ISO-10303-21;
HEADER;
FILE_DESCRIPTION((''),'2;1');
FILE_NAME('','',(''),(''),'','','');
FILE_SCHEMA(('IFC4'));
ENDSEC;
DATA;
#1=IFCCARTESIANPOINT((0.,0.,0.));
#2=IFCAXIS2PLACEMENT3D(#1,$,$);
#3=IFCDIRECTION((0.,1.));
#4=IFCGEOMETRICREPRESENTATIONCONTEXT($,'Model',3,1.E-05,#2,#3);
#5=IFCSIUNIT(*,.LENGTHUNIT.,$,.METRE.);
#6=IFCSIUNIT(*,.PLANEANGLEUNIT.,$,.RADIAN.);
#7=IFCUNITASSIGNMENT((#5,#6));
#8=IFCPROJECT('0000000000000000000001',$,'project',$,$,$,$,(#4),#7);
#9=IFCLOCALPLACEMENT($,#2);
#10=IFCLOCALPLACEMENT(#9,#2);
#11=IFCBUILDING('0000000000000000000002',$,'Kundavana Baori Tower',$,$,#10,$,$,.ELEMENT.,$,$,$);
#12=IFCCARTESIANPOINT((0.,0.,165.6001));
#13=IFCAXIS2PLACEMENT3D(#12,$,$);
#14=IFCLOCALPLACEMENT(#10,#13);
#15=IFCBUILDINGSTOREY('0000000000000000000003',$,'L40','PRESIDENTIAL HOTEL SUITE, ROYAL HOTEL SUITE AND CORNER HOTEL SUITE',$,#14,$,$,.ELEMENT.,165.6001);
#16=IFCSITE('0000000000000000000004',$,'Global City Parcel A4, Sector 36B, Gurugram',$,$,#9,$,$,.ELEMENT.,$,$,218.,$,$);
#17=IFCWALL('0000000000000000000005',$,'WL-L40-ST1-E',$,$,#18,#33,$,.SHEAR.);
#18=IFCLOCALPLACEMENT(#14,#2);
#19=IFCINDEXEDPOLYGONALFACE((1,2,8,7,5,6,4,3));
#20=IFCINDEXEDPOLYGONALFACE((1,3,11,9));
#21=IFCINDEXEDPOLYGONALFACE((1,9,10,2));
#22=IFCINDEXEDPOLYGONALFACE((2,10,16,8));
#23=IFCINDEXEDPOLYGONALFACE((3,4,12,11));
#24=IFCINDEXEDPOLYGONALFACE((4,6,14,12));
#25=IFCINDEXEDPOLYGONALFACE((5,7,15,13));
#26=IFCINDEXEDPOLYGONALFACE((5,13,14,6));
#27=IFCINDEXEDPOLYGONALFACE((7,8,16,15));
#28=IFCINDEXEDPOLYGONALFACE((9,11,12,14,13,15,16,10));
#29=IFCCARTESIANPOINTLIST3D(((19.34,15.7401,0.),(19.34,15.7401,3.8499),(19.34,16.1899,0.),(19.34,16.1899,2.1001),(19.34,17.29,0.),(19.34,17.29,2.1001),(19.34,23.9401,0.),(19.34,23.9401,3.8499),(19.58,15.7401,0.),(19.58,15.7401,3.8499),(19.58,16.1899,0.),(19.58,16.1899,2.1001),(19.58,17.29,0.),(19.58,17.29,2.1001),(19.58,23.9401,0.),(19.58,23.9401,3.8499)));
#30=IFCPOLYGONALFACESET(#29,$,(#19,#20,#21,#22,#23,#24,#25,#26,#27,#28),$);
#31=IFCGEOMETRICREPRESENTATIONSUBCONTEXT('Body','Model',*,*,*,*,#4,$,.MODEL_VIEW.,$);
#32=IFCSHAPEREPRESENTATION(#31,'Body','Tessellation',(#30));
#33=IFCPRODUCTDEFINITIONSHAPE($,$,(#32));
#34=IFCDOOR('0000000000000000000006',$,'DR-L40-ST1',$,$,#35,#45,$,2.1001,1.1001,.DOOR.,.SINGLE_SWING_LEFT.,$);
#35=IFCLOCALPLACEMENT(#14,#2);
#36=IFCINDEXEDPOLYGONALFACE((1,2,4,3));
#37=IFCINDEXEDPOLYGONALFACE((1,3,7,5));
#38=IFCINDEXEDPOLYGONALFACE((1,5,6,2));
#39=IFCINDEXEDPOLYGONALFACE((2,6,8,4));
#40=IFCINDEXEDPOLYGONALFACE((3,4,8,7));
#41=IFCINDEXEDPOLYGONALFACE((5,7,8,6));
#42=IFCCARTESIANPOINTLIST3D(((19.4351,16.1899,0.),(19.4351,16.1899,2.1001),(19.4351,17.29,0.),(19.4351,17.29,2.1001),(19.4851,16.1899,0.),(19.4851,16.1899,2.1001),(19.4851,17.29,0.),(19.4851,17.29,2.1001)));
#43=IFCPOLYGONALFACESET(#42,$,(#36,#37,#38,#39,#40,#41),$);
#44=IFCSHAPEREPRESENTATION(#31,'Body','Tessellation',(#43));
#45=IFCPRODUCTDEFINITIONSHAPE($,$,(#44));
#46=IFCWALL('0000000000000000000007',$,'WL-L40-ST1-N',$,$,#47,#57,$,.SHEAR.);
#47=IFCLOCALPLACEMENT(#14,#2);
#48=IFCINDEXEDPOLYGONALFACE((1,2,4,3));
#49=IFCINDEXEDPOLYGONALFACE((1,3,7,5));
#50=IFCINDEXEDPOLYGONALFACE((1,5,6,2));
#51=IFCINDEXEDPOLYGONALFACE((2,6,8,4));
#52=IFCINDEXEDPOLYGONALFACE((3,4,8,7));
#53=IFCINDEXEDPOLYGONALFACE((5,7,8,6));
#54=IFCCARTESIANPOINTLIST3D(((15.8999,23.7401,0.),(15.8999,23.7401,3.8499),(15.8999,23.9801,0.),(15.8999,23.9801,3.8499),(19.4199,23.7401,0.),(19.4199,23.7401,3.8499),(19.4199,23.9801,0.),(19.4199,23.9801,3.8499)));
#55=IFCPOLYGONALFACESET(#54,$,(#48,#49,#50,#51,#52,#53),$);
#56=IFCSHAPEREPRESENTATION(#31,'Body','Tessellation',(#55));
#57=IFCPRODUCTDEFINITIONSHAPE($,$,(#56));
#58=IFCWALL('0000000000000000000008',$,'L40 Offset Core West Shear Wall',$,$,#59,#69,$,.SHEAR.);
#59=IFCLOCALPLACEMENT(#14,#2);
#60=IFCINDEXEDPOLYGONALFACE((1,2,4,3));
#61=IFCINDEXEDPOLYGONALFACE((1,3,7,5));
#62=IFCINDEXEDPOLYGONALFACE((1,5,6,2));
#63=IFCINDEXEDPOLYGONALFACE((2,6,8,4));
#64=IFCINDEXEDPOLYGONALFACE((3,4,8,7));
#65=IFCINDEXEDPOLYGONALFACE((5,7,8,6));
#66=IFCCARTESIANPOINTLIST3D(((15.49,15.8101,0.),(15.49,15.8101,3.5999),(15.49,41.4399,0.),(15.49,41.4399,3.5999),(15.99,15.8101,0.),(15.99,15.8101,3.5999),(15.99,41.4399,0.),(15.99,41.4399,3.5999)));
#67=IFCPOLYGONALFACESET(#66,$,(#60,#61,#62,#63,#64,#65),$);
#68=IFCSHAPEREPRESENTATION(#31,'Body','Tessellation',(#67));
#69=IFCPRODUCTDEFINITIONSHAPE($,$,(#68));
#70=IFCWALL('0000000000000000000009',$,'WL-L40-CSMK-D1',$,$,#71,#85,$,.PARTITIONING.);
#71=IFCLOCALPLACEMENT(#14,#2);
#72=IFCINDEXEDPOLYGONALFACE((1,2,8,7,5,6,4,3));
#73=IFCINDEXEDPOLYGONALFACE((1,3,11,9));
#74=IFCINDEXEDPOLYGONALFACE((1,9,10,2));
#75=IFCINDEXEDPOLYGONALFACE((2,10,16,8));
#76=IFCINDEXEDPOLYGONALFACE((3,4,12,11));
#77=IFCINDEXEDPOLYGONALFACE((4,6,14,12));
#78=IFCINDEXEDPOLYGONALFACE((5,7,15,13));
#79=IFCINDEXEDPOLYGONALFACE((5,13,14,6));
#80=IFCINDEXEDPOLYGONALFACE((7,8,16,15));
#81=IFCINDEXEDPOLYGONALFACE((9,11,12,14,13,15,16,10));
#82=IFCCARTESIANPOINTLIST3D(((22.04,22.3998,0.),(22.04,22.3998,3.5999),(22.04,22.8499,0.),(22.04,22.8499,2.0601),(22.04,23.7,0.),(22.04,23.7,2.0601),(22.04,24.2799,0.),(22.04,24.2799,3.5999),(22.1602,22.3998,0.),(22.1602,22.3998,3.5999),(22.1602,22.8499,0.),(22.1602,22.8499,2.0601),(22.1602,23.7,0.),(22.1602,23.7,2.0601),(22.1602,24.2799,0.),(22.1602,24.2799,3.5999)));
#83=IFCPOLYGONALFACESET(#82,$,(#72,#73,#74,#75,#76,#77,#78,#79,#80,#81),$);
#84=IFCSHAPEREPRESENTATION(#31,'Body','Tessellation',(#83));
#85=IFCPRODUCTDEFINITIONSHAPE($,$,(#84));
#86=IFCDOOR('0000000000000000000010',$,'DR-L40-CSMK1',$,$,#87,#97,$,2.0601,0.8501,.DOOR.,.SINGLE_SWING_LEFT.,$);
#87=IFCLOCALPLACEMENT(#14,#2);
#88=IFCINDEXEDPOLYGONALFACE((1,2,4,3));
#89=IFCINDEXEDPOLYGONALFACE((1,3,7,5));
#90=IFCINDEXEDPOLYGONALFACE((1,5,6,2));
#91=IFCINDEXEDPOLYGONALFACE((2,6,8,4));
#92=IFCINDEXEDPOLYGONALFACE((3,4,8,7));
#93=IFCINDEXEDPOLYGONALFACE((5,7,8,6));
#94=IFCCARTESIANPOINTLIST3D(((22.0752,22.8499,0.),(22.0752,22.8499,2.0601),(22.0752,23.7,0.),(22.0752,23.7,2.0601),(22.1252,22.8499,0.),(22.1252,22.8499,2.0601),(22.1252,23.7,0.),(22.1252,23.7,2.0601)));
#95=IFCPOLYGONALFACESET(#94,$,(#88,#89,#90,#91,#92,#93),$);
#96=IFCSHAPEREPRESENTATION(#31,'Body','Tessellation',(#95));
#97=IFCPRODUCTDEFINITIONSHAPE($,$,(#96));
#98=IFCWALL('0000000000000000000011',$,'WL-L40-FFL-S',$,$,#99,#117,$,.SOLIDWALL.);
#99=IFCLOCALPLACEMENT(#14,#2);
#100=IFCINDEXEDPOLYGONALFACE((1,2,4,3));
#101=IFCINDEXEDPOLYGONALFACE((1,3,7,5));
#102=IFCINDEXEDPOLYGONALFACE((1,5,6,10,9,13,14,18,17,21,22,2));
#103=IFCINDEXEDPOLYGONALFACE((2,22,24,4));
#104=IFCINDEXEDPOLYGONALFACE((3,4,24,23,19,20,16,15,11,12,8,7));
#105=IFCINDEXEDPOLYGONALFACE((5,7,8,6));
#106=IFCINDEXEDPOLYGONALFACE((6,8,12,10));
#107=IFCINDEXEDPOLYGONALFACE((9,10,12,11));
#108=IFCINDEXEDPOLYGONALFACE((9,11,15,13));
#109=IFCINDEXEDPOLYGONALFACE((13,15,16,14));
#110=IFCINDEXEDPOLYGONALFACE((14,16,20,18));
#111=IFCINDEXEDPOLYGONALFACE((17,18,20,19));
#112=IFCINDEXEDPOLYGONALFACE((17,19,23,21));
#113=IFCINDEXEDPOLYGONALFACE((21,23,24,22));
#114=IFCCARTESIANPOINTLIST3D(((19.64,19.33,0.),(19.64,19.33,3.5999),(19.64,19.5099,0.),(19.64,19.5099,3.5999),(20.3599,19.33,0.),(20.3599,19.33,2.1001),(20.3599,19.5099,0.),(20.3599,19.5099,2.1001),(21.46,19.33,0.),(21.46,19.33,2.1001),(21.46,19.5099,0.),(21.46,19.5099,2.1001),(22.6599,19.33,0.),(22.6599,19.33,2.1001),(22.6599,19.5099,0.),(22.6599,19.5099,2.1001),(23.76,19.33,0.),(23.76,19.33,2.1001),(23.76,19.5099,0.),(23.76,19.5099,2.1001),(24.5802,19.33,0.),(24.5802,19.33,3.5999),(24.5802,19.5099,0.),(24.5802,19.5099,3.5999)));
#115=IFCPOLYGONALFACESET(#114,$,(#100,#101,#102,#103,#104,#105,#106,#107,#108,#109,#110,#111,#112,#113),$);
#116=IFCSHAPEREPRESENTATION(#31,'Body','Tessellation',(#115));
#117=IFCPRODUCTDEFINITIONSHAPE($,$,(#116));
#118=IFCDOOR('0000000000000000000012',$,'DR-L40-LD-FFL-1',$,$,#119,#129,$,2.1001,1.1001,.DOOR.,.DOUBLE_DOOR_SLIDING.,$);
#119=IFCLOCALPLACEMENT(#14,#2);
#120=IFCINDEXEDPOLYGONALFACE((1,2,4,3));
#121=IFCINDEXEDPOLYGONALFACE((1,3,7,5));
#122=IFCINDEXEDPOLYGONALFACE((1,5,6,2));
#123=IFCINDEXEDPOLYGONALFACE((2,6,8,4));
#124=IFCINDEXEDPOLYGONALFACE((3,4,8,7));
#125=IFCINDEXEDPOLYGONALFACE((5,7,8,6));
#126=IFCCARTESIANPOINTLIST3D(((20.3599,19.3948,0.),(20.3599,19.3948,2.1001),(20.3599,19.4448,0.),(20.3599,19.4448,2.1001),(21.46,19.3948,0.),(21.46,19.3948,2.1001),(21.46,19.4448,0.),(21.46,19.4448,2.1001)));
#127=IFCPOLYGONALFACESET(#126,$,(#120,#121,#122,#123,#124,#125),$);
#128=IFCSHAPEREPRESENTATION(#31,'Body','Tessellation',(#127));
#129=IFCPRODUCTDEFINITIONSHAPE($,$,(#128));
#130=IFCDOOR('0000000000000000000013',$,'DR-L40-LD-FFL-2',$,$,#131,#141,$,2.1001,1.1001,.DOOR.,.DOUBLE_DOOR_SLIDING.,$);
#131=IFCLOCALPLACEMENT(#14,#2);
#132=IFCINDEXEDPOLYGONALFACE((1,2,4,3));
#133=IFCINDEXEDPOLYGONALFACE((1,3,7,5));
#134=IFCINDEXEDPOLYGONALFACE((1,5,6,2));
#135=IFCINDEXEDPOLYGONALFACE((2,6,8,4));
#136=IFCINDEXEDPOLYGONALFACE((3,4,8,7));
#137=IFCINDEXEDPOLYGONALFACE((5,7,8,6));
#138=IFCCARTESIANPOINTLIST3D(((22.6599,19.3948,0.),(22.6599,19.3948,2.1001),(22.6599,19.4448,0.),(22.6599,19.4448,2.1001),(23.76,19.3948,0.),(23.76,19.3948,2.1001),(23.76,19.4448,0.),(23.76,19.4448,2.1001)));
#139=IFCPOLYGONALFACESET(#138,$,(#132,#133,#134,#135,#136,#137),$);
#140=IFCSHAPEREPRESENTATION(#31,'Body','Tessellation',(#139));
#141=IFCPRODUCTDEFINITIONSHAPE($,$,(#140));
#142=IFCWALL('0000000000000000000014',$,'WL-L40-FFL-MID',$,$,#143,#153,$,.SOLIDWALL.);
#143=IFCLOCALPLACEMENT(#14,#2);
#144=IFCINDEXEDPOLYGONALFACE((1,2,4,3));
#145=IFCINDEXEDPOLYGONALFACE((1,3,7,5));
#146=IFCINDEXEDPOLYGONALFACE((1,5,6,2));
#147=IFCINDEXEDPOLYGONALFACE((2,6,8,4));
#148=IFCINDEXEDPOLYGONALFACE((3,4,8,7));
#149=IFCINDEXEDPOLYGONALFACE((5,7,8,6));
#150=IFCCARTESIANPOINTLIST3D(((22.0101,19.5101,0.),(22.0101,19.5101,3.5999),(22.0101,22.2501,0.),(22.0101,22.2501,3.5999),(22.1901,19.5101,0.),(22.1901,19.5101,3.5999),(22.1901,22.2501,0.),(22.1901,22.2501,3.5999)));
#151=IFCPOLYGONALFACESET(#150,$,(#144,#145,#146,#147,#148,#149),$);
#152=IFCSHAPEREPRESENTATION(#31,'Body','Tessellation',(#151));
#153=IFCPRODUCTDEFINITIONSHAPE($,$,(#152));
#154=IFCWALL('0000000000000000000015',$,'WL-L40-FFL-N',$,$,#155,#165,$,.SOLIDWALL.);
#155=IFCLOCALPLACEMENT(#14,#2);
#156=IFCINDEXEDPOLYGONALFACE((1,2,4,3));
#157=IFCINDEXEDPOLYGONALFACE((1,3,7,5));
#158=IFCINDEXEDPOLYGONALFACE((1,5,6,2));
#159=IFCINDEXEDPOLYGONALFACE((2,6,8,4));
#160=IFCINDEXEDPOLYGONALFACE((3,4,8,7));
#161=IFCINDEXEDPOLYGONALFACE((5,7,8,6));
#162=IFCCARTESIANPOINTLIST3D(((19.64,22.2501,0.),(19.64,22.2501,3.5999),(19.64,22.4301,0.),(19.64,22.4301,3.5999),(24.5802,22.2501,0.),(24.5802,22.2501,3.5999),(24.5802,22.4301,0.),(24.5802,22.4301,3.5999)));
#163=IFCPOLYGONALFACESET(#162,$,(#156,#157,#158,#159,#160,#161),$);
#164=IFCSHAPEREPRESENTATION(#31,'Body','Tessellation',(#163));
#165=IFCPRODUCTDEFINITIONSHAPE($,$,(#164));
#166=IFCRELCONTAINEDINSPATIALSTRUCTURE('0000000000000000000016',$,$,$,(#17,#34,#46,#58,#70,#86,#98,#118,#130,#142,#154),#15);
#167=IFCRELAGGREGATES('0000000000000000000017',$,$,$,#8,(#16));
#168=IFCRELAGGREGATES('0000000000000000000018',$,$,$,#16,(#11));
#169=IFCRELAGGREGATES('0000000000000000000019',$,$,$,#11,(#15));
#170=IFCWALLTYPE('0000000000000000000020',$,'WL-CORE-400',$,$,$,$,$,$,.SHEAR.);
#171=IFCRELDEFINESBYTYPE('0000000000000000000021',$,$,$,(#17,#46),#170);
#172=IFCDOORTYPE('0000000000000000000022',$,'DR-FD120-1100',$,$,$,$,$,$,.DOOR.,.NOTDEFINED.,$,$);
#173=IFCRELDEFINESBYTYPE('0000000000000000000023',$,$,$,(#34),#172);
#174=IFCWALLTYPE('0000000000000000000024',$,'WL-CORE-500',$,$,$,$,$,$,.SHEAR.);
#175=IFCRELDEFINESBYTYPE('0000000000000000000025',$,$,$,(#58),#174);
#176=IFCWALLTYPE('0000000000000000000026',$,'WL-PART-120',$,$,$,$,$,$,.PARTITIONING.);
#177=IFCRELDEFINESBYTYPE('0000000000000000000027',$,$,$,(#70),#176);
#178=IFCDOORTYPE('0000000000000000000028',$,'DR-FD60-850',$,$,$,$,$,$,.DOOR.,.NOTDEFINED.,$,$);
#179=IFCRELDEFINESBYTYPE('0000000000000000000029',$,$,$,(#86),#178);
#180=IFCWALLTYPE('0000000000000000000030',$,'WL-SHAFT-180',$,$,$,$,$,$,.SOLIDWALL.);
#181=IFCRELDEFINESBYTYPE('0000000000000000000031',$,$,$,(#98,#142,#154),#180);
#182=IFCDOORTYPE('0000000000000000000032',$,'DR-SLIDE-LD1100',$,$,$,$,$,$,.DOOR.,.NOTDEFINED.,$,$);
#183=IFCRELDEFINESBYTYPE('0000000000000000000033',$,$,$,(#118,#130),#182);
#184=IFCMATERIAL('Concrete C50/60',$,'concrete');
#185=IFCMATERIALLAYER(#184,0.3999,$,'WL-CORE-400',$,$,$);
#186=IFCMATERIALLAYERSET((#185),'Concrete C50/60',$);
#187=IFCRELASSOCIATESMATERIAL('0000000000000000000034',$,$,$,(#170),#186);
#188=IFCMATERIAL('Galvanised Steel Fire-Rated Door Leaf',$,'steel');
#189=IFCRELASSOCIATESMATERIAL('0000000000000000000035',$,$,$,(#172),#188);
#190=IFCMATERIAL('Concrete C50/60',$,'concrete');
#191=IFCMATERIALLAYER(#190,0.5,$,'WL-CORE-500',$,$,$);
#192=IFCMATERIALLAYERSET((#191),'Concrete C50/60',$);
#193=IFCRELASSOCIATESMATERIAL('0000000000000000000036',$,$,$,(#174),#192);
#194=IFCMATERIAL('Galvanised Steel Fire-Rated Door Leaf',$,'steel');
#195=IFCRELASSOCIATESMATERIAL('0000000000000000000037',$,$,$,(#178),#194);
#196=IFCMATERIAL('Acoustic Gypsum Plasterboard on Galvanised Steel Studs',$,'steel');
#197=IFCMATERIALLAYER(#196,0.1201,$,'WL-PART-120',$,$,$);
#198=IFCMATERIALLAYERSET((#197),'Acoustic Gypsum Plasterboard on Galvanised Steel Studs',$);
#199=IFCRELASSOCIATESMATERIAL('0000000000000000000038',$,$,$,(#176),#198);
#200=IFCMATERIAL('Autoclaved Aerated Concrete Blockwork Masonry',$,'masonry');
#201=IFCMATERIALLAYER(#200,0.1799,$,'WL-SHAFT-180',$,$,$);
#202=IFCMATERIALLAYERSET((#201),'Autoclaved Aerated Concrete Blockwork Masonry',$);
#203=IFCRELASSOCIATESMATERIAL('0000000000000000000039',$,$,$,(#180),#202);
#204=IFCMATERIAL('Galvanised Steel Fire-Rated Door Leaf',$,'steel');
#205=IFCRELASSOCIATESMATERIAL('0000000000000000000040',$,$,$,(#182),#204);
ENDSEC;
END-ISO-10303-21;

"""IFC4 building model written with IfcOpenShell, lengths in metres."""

from ifc_helpers import new_model, si_unit, direction, frame, frame_2d, origin, place, context, subcontext, project, spatial, rectangle, extrude, material, layer, layer_set, type_object, element, fill, save


model = new_model("IFC4")

# Units and contexts
model_context = context("Model", 3, precision=1e-05, world=origin(), true_north=direction((0.0, 1.0)))
body_context = subcontext(model_context, "Body", "Model", "MODEL_VIEW")
ifc_project = project(units=[si_unit("LENGTHUNIT", "METRE"), si_unit("PLANEANGLEUNIT", "RADIAN")], contexts=[model_context])

# Site, building, storey
site_placement = place(None, origin())
site = spatial("IfcSite", under=ifc_project, at=site_placement, Name="Global City Parcel A4, Sector 36B, Gurugram", CompositionType="ELEMENT", RefElevation=218.0)
building_placement = place(site_placement, origin())
building = spatial("IfcBuilding", under=site, at=building_placement, Name="Kundavana Baori Tower", CompositionType="ELEMENT")
storey_placement = place(building_placement, frame((0.0, 0.0, 165.6001)))
storey = spatial("IfcBuildingStorey", under=building, at=storey_placement, Name="L40", Description="PRESIDENTIAL HOTEL SUITE, ROYAL HOTEL SUITE AND CORNER HOTEL SUITE", CompositionType="ELEMENT", Elevation=165.6001)

# Wall, opening, door
ifc_material_1 = material(Name="Concrete C50/60", Category="concrete")
ifc_layer_1 = layer(ifc_material_1, 0.3999, Name="WL-CORE-400")
ifc_layer_set_1 = layer_set([ifc_layer_1], Name="Concrete C50/60")
wall_type_1 = type_object("IfcWallType", Name="WL-CORE-400", PredefinedType="SHEAR", material=ifc_layer_set_1)
wall_1_placement = place(storey_placement, frame((19.46, 15.74, 0.0), z_axis=(0.0, 0.0, 1.0), x_axis=(0.0, 1.0, 0.0)))
wall_1 = element("IfcWall", 1, at=wall_1_placement, inside=storey, type_object=wall_type_1, Name="WL-L40-ST1-E", PredefinedType="SHEAR", context=body_context, shape_type="SweptSolid", body=[
    extrude(rectangle(XDim=8.2, YDim=0.24, at=frame_2d((4.1001, 0.0))), origin(), (0.0, 0.0, 1.0), 3.8499),
])
opening_1_placement = place(wall_1_placement, frame((0.45, 0.0, 0.0)))
opening_1 = element("IfcOpeningElement", 2, at=opening_1_placement, cuts=wall_1, PredefinedType="OPENING", context=body_context, shape_type="SweptSolid", body=[
    extrude(rectangle(XDim=1.1001, YDim=2.1001, at=frame_2d((0.55, 1.05))), frame((0.0, 0.1299, 0.0), z_axis=(0.0, -1.0, 0.0), x_axis=(1.0, 0.0, 0.0)), (0.0, 0.0, 1.0), 0.26),
])
ifc_material_2 = material(Name="Galvanised Steel Fire-Rated Door Leaf", Category="steel")
door_type_1 = type_object("IfcDoorType", Name="DR-FD120-1100", OperationType="NOTDEFINED", PredefinedType="DOOR", material=ifc_material_2)
door_1_placement = place(opening_1_placement, origin())
door_1 = element("IfcDoor", 3, at=door_1_placement, inside=storey, type_object=door_type_1, Name="DR-L40-ST1", OperationType="SINGLE_SWING_LEFT", OverallHeight=2.1001, OverallWidth=1.1001, PredefinedType="DOOR", context=body_context, shape_type="SweptSolid", body=[
    extrude(rectangle(XDim=1.1001, YDim=2.1001, at=frame_2d((0.55, 1.05))), frame((0.0, 0.0249, 0.0), z_axis=(0.0, -1.0, 0.0), x_axis=(1.0, 0.0, 0.0)), (0.0, 0.0, 1.0), 0.05),
])
fill(opening_1, door_1)

# Walls
wall_2_placement = place(storey_placement, frame((15.8999, 23.8601, 0.0), z_axis=(0.0, 0.0, 1.0), x_axis=(1.0, 0.0, 0.0)))
element("IfcWall", 4, at=wall_2_placement, inside=storey, type_object=wall_type_1, Name="WL-L40-ST1-N", PredefinedType="SHEAR", context=body_context, shape_type="SweptSolid", body=[
    extrude(rectangle(XDim=3.52, YDim=0.24, at=frame_2d((1.76, 0.0))), origin(), (0.0, 0.0, 1.0), 3.8499),
])
ifc_material_3 = material(Name="Concrete C50/60", Category="concrete")
ifc_layer_2 = layer(ifc_material_3, 0.5, Name="WL-CORE-500")
ifc_layer_set_2 = layer_set([ifc_layer_2], Name="Concrete C50/60")
wall_type_2 = type_object("IfcWallType", Name="WL-CORE-500", PredefinedType="SHEAR", material=ifc_layer_set_2)
wall_3_placement = place(storey_placement, frame((15.74, 15.8101, 0.0), z_axis=(0.0, 0.0, 1.0), x_axis=(0.0, 1.0, 0.0)))
element("IfcWall", 5, at=wall_3_placement, inside=storey, type_object=wall_type_2, Name="L40 Offset Core West Shear Wall", PredefinedType="SHEAR", context=body_context, shape_type="SweptSolid", body=[
    extrude(rectangle(XDim=25.6299, YDim=0.5, at=frame_2d((12.8149, 0.0))), origin(), (0.0, 0.0, 1.0), 3.5999),
])

# Shared definitions
ifc_material_4 = material(Name="Galvanised Steel Fire-Rated Door Leaf", Category="steel")
door_type_2 = type_object("IfcDoorType", Name="DR-FD60-850", OperationType="NOTDEFINED", PredefinedType="DOOR", material=ifc_material_4)

# Wall, opening, door
ifc_material_5 = material(Name="Acoustic Gypsum Plasterboard on Galvanised Steel Studs", Category="steel")
ifc_layer_3 = layer(ifc_material_5, 0.1201, Name="WL-PART-120")
ifc_layer_set_3 = layer_set([ifc_layer_3], Name="Acoustic Gypsum Plasterboard on Galvanised Steel Studs")
wall_type_3 = type_object("IfcWallType", Name="WL-PART-120", PredefinedType="PARTITIONING", material=ifc_layer_set_3)
wall_4_placement = place(storey_placement, frame((22.1001, 22.3999, 0.0), z_axis=(0.0, 0.0, 1.0), x_axis=(0.0, 1.0, 0.0)))
wall_4 = element("IfcWall", 6, at=wall_4_placement, inside=storey, type_object=wall_type_3, Name="WL-L40-CSMK-D1", PredefinedType="PARTITIONING", context=body_context, shape_type="SweptSolid", body=[
    extrude(rectangle(XDim=1.8801, YDim=0.1201, at=frame_2d((0.9399, 0.0))), origin(), (0.0, 0.0, 1.0), 3.5999),
])
opening_2_placement = place(wall_4_placement, frame((0.45, 0.0, 0.0)))
opening_2 = element("IfcOpeningElement", 7, at=opening_2_placement, cuts=wall_4, PredefinedType="OPENING", context=body_context, shape_type="SweptSolid", body=[
    extrude(rectangle(XDim=0.8501, YDim=2.0601, at=frame_2d((0.425, 1.03))), frame((0.0, 0.0701, 0.0), z_axis=(0.0, -1.0, 0.0), x_axis=(1.0, 0.0, 0.0)), (0.0, 0.0, 1.0), 0.1401),
])
door_2_placement = place(opening_2_placement, origin())
door_2 = element("IfcDoor", 8, at=door_2_placement, inside=storey, type_object=door_type_2, Name="DR-L40-CSMK1", OperationType="SINGLE_SWING_LEFT", OverallHeight=2.0601, OverallWidth=0.8501, PredefinedType="DOOR", context=body_context, shape_type="SweptSolid", body=[
    extrude(rectangle(XDim=0.8501, YDim=2.0601, at=frame_2d((0.425, 1.03))), frame((0.0, 0.0249, 0.0), z_axis=(0.0, -1.0, 0.0), x_axis=(1.0, 0.0, 0.0)), (0.0, 0.0, 1.0), 0.05),
])
fill(opening_2, door_2)

# Wall, openings, doors
ifc_material_6 = material(Name="Autoclaved Aerated Concrete Blockwork Masonry", Category="masonry")
ifc_layer_4 = layer(ifc_material_6, 0.1799, Name="WL-SHAFT-180")
ifc_layer_set_4 = layer_set([ifc_layer_4], Name="Autoclaved Aerated Concrete Blockwork Masonry")
wall_type_4 = type_object("IfcWallType", Name="WL-SHAFT-180", PredefinedType="SOLIDWALL", material=ifc_layer_set_4)
wall_5_placement = place(storey_placement, frame((19.6399, 19.4199, 0.0), z_axis=(0.0, 0.0, 1.0), x_axis=(1.0, 0.0, 0.0)))
wall_5 = element("IfcWall", 9, at=wall_5_placement, inside=storey, type_object=wall_type_4, Name="WL-L40-FFL-S", PredefinedType="SOLIDWALL", context=body_context, shape_type="SweptSolid", body=[
    extrude(rectangle(XDim=4.9402, YDim=0.1799, at=frame_2d((2.4702, 0.0))), origin(), (0.0, 0.0, 1.0), 3.5999),
])
opening_3_placement = place(wall_5_placement, frame((0.72, 0.0, 0.0)))
opening_3 = element("IfcOpeningElement", 10, at=opening_3_placement, cuts=wall_5, PredefinedType="OPENING", context=body_context, shape_type="SweptSolid", body=[
    extrude(rectangle(XDim=1.1001, YDim=2.1001, at=frame_2d((0.55, 1.05))), frame((0.0, 0.1001, 0.0), z_axis=(0.0, -1.0, 0.0), x_axis=(1.0, 0.0, 0.0)), (0.0, 0.0, 1.0), 0.2),
])
opening_4_placement = place(wall_5_placement, frame((3.02, 0.0, 0.0)))
opening_4 = element("IfcOpeningElement", 11, at=opening_4_placement, cuts=wall_5, PredefinedType="OPENING", context=body_context, shape_type="SweptSolid", body=[
    extrude(rectangle(XDim=1.1001, YDim=2.1001, at=frame_2d((0.55, 1.05))), frame((0.0, 0.1001, 0.0), z_axis=(0.0, -1.0, 0.0), x_axis=(1.0, 0.0, 0.0)), (0.0, 0.0, 1.0), 0.2),
])
ifc_material_7 = material(Name="Galvanised Steel Fire-Rated Door Leaf", Category="steel")
door_type_3 = type_object("IfcDoorType", Name="DR-SLIDE-LD1100", OperationType="NOTDEFINED", PredefinedType="DOOR", material=ifc_material_7)
door_3_placement = place(opening_3_placement, origin())
door_3 = element("IfcDoor", 12, at=door_3_placement, inside=storey, type_object=door_type_3, Name="DR-L40-LD-FFL-1", OperationType="DOUBLE_DOOR_SLIDING", OverallHeight=2.1001, OverallWidth=1.1001, PredefinedType="DOOR", context=body_context, shape_type="SweptSolid", body=[
    extrude(rectangle(XDim=1.1001, YDim=2.1001, at=frame_2d((0.55, 1.05))), frame((0.0, 0.0249, 0.0), z_axis=(0.0, -1.0, 0.0), x_axis=(1.0, 0.0, 0.0)), (0.0, 0.0, 1.0), 0.05),
])
fill(opening_3, door_3)
door_4_placement = place(opening_4_placement, origin())
door_4 = element("IfcDoor", 13, at=door_4_placement, inside=storey, type_object=door_type_3, Name="DR-L40-LD-FFL-2", OperationType="DOUBLE_DOOR_SLIDING", OverallHeight=2.1001, OverallWidth=1.1001, PredefinedType="DOOR", context=body_context, shape_type="SweptSolid", body=[
    extrude(rectangle(XDim=1.1001, YDim=2.1001, at=frame_2d((0.55, 1.05))), frame((0.0, 0.0249, 0.0), z_axis=(0.0, -1.0, 0.0), x_axis=(1.0, 0.0, 0.0)), (0.0, 0.0, 1.0), 0.05),
])
fill(opening_4, door_4)

# Walls
wall_6_placement = place(storey_placement, frame((22.1001, 19.51, 0.0), z_axis=(0.0, 0.0, 1.0), x_axis=(0.0, 1.0, 0.0)))
element("IfcWall", 14, at=wall_6_placement, inside=storey, type_object=wall_type_4, Name="WL-L40-FFL-MID", PredefinedType="SOLIDWALL", context=body_context, shape_type="SweptSolid", body=[
    extrude(rectangle(XDim=2.74, YDim=0.1799, at=frame_2d((1.3701, 0.0))), origin(), (0.0, 0.0, 1.0), 3.5999),
])
wall_7_placement = place(storey_placement, frame((19.6399, 22.3401, 0.0), z_axis=(0.0, 0.0, 1.0), x_axis=(1.0, 0.0, 0.0)))
element("IfcWall", 15, at=wall_7_placement, inside=storey, type_object=wall_type_4, Name="WL-L40-FFL-N", PredefinedType="SOLIDWALL", context=body_context, shape_type="SweptSolid", body=[
    extrude(rectangle(XDim=4.9402, YDim=0.1799, at=frame_2d((2.4702, 0.0))), origin(), (0.0, 0.0, 1.0), 3.5999),
])

save(model, "model.ifc")
